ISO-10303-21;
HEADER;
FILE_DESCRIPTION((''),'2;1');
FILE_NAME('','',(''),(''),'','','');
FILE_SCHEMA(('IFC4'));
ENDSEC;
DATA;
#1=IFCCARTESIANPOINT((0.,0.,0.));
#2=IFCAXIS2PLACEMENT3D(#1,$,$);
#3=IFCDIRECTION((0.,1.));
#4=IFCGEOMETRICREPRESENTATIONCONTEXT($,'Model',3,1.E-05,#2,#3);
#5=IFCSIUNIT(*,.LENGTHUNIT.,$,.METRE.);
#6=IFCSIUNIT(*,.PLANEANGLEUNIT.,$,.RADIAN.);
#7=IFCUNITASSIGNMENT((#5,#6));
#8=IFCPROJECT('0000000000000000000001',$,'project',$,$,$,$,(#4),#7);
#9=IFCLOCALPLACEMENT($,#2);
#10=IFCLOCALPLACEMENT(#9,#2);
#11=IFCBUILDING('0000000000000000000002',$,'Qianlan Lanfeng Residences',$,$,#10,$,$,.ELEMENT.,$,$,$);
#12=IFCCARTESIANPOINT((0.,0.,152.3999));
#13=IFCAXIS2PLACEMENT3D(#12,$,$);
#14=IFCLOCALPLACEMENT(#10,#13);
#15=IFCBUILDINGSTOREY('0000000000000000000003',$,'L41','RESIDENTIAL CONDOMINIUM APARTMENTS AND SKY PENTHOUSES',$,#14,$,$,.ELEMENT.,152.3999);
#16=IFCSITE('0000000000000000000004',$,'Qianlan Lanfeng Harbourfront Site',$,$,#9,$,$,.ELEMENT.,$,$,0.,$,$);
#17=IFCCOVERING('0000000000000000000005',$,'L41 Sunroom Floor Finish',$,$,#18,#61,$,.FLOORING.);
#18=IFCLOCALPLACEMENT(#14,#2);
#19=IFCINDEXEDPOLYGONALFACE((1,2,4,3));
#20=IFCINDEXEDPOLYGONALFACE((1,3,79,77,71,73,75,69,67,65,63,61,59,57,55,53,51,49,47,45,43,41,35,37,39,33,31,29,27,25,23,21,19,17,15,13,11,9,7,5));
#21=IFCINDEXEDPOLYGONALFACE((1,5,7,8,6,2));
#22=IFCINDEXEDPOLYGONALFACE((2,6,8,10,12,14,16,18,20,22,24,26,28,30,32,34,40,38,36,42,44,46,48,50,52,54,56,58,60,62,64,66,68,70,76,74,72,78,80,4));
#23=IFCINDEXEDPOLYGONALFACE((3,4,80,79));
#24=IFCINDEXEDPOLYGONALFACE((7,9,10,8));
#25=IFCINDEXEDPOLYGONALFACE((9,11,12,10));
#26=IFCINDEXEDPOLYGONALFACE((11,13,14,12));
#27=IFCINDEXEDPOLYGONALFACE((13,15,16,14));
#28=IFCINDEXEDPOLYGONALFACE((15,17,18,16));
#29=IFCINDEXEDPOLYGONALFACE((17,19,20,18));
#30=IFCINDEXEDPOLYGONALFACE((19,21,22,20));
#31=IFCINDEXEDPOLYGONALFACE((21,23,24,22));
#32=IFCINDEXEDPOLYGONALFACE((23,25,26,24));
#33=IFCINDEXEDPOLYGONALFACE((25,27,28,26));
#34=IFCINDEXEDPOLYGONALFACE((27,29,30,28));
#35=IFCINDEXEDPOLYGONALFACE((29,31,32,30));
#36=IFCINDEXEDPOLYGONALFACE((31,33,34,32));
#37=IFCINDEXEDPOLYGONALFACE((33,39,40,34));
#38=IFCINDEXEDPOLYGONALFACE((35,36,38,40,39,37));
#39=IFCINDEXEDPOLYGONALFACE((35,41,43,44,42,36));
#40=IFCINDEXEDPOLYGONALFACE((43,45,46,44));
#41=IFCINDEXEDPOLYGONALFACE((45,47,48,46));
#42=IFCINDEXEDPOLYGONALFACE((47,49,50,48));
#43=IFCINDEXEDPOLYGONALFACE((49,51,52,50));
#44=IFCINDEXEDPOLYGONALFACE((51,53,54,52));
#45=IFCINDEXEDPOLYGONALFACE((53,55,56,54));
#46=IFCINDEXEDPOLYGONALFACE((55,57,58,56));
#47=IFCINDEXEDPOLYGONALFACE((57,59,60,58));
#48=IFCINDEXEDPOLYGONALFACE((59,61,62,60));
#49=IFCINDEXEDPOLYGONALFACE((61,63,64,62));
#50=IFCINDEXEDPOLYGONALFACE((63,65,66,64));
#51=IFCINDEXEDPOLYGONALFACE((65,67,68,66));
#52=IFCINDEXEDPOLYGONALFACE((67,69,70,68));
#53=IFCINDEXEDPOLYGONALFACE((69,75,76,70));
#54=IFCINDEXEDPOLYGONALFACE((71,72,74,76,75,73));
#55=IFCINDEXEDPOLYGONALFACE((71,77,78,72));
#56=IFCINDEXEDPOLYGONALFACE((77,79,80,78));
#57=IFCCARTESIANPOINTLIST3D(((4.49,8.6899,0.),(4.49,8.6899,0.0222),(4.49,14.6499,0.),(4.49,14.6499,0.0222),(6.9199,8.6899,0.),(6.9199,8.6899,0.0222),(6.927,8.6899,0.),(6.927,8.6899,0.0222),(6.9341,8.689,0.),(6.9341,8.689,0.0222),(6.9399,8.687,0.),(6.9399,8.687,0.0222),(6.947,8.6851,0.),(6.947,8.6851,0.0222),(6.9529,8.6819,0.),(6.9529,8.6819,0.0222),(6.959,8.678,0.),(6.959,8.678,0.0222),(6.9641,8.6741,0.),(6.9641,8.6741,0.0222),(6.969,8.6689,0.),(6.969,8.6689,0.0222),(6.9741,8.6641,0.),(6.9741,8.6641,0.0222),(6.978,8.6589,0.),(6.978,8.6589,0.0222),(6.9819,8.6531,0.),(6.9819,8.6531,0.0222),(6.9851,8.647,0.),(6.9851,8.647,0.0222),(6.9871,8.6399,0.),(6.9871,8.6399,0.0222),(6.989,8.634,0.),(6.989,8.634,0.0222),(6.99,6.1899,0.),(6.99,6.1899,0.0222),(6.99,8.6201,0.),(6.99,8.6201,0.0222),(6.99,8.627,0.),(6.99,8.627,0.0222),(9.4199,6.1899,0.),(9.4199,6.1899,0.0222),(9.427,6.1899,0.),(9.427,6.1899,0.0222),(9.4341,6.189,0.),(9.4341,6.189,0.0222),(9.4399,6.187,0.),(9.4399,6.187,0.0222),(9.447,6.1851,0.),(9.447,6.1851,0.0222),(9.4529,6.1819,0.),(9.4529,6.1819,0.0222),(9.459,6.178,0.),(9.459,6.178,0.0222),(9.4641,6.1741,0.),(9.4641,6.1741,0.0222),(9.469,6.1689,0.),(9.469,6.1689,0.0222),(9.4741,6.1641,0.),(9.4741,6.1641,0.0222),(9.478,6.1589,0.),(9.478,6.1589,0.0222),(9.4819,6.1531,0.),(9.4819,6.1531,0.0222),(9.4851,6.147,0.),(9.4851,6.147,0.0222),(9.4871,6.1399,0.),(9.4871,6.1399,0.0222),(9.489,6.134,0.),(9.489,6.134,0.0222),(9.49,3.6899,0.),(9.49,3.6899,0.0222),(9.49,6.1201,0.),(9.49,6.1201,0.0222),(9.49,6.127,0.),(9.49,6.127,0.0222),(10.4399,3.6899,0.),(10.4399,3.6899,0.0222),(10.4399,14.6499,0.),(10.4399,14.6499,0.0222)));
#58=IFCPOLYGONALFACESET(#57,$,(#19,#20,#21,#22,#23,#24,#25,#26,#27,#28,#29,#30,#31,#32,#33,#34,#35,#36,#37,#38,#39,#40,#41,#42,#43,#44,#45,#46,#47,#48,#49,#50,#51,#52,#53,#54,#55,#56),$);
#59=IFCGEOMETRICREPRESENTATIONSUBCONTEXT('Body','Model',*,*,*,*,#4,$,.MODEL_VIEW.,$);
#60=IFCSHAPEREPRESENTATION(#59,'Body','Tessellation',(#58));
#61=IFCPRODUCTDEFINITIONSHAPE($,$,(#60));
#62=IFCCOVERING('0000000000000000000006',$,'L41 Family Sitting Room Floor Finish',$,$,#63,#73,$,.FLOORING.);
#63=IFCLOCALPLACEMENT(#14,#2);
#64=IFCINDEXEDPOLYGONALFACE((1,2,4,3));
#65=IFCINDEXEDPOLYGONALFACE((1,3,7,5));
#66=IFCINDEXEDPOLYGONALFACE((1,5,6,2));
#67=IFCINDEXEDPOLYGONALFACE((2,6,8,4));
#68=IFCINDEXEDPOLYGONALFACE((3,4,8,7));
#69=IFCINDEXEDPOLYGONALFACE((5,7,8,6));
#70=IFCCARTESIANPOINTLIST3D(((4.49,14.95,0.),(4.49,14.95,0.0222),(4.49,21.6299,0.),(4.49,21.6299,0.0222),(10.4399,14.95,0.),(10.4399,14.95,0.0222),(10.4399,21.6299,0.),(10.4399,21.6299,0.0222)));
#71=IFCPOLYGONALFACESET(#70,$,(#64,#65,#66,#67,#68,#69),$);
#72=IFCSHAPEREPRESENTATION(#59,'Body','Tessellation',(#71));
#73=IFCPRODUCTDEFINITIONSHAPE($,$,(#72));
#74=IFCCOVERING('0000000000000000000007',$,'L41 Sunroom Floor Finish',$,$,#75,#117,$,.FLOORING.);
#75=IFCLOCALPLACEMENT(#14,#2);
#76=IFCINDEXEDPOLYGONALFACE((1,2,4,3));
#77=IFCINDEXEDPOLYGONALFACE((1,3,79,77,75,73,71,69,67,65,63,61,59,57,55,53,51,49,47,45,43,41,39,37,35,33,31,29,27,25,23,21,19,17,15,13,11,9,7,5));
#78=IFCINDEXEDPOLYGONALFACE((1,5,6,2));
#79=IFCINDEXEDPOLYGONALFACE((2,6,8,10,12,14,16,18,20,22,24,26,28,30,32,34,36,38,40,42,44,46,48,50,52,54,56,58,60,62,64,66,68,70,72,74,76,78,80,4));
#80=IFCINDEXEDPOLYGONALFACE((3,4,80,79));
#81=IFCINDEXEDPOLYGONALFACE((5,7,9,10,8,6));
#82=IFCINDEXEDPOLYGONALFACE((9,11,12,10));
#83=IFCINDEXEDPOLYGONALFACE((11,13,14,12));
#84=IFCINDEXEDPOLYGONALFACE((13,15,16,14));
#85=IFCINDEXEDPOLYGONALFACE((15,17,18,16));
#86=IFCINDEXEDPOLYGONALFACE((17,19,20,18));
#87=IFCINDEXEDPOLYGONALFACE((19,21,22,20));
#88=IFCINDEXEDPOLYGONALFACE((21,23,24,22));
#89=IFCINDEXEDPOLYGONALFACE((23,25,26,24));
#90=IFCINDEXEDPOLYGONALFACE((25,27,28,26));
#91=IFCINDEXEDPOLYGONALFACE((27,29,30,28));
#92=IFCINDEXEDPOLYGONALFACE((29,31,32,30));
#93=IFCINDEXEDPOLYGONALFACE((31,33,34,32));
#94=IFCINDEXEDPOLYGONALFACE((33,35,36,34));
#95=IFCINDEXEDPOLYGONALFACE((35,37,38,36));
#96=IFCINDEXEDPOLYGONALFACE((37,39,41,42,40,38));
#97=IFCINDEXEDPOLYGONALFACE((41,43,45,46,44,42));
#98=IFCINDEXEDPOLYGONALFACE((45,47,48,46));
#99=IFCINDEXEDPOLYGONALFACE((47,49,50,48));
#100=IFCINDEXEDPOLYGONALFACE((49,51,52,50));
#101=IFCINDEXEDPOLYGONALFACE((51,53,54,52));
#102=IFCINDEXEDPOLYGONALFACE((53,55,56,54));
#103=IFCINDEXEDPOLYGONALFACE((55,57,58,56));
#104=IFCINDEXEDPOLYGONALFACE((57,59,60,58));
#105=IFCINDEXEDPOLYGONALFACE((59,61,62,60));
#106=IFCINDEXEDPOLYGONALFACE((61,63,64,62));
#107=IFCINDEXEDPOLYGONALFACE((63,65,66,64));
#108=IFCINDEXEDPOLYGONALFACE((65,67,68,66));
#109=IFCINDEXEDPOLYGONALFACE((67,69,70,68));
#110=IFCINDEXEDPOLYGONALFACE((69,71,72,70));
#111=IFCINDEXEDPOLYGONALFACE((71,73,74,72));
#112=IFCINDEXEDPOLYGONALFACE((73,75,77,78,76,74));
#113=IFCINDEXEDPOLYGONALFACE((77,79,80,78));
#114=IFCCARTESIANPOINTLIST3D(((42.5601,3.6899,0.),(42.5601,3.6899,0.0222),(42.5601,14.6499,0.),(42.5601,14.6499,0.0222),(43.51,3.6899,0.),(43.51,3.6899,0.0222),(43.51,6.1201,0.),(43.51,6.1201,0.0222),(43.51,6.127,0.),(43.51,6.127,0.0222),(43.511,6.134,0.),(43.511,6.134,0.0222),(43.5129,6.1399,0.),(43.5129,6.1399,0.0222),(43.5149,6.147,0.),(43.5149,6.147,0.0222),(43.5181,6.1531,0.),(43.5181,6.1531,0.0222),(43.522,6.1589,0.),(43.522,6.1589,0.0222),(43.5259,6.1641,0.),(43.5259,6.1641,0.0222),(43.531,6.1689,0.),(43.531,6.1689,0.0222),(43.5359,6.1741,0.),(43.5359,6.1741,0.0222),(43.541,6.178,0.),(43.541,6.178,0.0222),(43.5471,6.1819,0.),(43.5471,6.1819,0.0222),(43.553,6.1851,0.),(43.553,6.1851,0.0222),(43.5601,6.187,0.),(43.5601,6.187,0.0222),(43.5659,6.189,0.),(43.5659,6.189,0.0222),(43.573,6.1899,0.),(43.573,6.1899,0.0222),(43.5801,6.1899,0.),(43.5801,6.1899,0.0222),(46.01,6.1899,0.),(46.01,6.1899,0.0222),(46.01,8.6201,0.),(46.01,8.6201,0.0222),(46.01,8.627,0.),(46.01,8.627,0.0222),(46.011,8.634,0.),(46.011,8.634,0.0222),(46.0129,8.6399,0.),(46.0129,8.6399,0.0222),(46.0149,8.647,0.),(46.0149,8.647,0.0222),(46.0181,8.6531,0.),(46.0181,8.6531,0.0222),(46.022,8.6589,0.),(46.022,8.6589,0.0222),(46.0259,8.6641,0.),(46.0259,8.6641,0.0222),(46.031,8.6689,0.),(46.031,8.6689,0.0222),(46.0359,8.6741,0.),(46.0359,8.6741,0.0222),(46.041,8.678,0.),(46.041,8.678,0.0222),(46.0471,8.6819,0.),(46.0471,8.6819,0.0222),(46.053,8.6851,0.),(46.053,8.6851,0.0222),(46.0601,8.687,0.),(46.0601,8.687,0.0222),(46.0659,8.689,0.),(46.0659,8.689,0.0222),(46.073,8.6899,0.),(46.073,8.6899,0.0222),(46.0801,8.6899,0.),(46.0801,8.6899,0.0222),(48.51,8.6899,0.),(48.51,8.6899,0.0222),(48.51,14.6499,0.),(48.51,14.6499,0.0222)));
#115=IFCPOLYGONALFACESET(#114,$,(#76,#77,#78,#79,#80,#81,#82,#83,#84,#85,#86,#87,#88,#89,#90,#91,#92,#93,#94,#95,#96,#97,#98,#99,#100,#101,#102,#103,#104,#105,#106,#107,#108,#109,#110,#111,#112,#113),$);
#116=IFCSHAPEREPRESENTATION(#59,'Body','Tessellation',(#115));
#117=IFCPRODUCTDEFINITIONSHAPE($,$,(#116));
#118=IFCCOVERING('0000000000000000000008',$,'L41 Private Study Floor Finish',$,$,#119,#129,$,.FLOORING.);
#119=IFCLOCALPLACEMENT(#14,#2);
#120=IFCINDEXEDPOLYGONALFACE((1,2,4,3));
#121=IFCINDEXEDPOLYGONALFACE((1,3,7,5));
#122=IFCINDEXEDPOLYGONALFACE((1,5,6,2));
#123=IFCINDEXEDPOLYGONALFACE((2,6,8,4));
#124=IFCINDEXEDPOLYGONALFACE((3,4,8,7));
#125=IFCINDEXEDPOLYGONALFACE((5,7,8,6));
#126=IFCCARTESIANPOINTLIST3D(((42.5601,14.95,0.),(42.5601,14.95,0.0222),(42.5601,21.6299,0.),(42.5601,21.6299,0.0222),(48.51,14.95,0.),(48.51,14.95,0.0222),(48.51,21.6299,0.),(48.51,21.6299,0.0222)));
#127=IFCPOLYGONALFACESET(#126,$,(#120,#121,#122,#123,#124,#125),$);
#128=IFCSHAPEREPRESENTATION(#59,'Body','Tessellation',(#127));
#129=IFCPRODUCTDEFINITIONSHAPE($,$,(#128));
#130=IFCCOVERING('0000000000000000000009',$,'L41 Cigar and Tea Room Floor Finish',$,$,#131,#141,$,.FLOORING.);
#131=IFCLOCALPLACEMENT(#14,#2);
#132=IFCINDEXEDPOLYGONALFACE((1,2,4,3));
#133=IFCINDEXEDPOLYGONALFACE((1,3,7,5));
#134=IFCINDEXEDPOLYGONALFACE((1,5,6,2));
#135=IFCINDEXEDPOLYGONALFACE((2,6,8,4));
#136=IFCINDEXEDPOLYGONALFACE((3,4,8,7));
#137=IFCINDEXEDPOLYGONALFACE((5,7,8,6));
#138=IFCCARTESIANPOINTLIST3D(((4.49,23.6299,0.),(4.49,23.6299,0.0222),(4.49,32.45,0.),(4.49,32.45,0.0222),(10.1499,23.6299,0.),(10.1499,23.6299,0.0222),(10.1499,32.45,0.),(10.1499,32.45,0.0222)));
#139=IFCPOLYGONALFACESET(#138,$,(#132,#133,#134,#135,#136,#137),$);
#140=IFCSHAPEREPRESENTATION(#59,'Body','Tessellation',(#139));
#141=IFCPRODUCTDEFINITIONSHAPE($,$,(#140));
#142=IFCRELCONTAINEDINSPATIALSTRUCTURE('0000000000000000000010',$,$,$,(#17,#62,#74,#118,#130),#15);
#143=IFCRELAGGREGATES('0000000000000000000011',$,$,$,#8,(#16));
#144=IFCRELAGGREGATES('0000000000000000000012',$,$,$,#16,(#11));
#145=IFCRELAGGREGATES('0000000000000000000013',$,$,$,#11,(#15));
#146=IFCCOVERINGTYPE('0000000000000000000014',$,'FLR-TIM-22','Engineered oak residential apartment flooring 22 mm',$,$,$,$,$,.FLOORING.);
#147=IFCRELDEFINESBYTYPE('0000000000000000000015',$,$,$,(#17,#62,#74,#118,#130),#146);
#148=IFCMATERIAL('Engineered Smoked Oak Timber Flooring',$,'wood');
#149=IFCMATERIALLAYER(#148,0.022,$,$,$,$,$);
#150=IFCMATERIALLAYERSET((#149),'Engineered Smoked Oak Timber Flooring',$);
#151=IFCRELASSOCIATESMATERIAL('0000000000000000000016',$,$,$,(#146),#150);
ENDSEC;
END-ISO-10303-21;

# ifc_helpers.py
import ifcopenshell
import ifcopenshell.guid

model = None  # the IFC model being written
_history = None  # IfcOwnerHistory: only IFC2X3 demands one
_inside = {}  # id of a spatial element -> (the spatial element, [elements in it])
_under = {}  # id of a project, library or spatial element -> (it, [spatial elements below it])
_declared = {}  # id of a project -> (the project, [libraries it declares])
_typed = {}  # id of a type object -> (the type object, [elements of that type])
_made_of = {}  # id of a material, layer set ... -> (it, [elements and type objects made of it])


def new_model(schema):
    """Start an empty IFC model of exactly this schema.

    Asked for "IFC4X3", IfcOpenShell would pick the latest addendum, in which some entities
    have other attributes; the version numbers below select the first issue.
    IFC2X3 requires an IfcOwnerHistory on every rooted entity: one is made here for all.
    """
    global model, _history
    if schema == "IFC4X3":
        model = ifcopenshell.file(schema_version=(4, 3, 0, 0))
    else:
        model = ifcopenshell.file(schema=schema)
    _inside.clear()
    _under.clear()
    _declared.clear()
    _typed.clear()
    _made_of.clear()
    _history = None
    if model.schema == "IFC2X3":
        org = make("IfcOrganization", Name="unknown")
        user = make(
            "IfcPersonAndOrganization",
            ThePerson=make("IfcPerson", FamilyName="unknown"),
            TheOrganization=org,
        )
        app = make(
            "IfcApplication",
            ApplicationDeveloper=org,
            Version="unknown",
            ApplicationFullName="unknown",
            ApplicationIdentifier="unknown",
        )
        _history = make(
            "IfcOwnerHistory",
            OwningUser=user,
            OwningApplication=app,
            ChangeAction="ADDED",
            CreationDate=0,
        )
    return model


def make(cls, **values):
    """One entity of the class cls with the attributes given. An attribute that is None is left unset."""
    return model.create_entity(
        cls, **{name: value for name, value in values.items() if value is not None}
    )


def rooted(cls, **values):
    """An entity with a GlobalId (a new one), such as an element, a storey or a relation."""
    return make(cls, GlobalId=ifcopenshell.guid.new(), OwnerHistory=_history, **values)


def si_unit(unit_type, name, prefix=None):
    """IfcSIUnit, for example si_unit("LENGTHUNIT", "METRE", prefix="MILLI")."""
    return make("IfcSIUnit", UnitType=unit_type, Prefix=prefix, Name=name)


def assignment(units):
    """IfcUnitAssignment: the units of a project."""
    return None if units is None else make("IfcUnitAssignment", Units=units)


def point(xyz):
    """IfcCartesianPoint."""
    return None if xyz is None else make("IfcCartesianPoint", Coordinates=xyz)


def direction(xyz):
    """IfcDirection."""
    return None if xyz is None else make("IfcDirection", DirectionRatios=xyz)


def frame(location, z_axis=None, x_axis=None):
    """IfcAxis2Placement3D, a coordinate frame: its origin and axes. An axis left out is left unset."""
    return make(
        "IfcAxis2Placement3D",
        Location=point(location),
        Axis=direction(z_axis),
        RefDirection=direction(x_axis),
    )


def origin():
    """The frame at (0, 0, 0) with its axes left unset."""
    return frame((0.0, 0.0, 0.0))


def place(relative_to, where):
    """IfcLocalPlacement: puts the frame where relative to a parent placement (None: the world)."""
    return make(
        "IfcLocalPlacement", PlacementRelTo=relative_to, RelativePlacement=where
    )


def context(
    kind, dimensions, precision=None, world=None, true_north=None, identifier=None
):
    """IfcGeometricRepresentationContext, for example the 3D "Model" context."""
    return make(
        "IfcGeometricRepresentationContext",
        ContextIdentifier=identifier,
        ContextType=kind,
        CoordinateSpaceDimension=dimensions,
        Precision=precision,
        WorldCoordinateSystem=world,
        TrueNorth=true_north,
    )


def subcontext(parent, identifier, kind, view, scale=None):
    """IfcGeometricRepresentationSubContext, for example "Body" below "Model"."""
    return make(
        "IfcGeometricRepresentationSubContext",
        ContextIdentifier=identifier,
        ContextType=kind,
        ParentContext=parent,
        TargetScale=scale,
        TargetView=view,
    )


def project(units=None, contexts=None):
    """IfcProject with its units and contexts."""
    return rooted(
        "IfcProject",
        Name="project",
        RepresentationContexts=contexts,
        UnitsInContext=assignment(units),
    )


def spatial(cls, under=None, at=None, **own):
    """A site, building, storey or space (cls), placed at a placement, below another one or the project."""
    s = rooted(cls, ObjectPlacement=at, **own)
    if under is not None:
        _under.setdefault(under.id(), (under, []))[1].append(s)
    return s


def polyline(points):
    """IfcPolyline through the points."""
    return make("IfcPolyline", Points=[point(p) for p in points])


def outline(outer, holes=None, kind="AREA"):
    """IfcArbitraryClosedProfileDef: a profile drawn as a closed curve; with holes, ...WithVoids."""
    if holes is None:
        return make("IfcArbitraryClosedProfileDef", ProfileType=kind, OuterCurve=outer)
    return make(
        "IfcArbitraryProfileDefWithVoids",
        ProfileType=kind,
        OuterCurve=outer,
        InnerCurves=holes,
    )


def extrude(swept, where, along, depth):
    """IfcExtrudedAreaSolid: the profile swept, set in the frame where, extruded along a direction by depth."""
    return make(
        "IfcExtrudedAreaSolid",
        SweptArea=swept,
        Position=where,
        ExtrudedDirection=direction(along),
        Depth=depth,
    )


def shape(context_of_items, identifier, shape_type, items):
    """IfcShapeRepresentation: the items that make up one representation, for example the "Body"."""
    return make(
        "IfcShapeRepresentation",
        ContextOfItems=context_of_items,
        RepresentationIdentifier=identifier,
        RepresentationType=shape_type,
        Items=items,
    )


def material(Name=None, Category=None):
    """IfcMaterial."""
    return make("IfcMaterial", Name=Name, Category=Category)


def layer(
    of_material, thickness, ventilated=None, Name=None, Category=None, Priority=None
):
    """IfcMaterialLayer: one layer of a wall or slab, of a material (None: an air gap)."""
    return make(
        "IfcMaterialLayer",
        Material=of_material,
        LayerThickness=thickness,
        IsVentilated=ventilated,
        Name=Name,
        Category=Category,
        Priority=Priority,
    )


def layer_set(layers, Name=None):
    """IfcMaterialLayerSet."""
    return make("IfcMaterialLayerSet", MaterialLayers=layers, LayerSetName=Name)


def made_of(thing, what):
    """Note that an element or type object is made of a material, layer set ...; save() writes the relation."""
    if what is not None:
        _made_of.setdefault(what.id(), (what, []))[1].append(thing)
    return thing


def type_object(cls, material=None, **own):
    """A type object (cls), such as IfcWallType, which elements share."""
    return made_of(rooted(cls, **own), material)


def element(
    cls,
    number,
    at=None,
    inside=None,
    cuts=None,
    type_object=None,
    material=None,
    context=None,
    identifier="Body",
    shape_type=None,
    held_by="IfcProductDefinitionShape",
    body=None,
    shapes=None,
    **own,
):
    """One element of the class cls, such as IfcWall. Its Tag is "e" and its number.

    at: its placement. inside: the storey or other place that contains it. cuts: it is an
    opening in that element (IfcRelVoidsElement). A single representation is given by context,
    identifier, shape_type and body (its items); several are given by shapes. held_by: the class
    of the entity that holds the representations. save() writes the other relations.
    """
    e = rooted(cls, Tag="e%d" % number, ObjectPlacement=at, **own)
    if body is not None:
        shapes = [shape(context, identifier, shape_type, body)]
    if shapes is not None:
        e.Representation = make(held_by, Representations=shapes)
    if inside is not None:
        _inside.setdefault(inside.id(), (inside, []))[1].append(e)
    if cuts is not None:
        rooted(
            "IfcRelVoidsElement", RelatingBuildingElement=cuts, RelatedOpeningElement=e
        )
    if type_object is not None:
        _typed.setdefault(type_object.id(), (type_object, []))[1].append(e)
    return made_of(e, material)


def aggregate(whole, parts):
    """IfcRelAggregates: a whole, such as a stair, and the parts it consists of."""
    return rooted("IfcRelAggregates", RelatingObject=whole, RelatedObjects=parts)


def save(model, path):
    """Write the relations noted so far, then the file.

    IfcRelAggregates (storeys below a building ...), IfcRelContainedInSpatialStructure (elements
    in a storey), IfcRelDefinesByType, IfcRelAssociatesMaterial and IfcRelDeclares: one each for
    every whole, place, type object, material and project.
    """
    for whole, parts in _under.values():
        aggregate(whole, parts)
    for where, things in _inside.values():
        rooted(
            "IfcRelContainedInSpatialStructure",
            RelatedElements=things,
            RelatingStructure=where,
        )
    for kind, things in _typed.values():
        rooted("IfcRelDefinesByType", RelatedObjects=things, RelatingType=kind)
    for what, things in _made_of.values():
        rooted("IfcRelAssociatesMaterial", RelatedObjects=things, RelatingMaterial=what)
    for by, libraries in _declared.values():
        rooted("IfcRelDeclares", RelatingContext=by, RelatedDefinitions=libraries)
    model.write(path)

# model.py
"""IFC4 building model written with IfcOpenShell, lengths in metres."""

from ifc_helpers import new_model, si_unit, direction, frame, origin, place, context, subcontext, project, spatial, polyline, outline, extrude, material, layer, layer_set, type_object, element, save


model = new_model("IFC4")

# Units and contexts
model_context = context("Model", 3, precision=1e-05, world=origin(), true_north=direction((0.0, 1.0)))
body_context = subcontext(model_context, "Body", "Model", "MODEL_VIEW")
ifc_project = project(units=[si_unit("LENGTHUNIT", "METRE"), si_unit("PLANEANGLEUNIT", "RADIAN")], contexts=[model_context])

# Site, building, storey
site_placement = place(None, origin())
site = spatial("IfcSite", under=ifc_project, at=site_placement, Name="Qianlan Lanfeng Harbourfront Site", CompositionType="ELEMENT", RefElevation=0.0)
building_placement = place(site_placement, origin())
building = spatial("IfcBuilding", under=site, at=building_placement, Name="Qianlan Lanfeng Residences", CompositionType="ELEMENT")
storey_placement = place(building_placement, frame((0.0, 0.0, 152.3999)))
storey = spatial("IfcBuildingStorey", under=building, at=storey_placement, Name="L41", Description="RESIDENTIAL CONDOMINIUM APARTMENTS AND SKY PENTHOUSES", CompositionType="ELEMENT", Elevation=152.3999)

# Coverings
ifc_material_1 = material(Name="Engineered Smoked Oak Timber Flooring", Category="wood")
ifc_layer_1 = layer(ifc_material_1, 0.022)
ifc_layer_set_1 = layer_set([ifc_layer_1], Name="Engineered Smoked Oak Timber Flooring")
covering_type_1 = type_object("IfcCoveringType", Name="FLR-TIM-22", Description="Engineered oak residential apartment flooring 22 mm", PredefinedType="FLOORING", material=ifc_layer_set_1)
covering_1_placement = place(storey_placement, origin())
element("IfcCovering", 1, at=covering_1_placement, inside=storey, type_object=covering_type_1, Name="L41 Sunroom Floor Finish", PredefinedType="FLOORING", context=body_context, shape_type="SweptSolid", body=[
    extrude(outline(polyline([(10.4399, 14.6499), (4.49, 14.6499), (4.49, 8.6899), (6.9199, 8.6899), (6.927, 8.6899), (6.9341, 8.689), (6.9399, 8.687), (6.947, 8.6851), (6.9529, 8.6819), (6.959, 8.678), (6.9641, 8.6741), (6.969, 8.6689), (6.9741, 8.6641), (6.978, 8.6589), (6.9819, 8.6531), (6.9851, 8.647), (6.9871, 8.6399), (6.989, 8.634), (6.99, 8.627), (6.99, 8.6201), (6.99, 6.1899), (9.4199, 6.1899), (9.427, 6.1899), (9.4341, 6.189), (9.4399, 6.187), (9.447, 6.1851), (9.4529, 6.1819), (9.459, 6.178), (9.4641, 6.1741), (9.469, 6.1689), (9.4741, 6.1641), (9.478, 6.1589), (9.4819, 6.1531), (9.4851, 6.147), (9.4871, 6.1399), (9.489, 6.134), (9.49, 6.127), (9.49, 6.1201), (9.49, 3.6899), (10.4399, 3.6899), (10.4399, 14.6499)])), origin(), (0.0, 0.0, 1.0), 0.0222),
])
covering_2_placement = place(storey_placement, origin())
element("IfcCovering", 2, at=covering_2_placement, inside=storey, type_object=covering_type_1, Name="L41 Family Sitting Room Floor Finish", PredefinedType="FLOORING", context=body_context, shape_type="SweptSolid", body=[
    extrude(outline(polyline([(10.4399, 21.6299), (4.49, 21.6299), (4.49, 14.95), (10.4399, 14.95), (10.4399, 21.6299)])), origin(), (0.0, 0.0, 1.0), 0.0222),
])
covering_3_placement = place(storey_placement, origin())
element("IfcCovering", 3, at=covering_3_placement, inside=storey, type_object=covering_type_1, Name="L41 Sunroom Floor Finish", PredefinedType="FLOORING", context=body_context, shape_type="SweptSolid", body=[
    extrude(outline(polyline([(48.51, 14.6499), (42.5601, 14.6499), (42.5601, 3.6899), (43.51, 3.6899), (43.51, 6.1201), (43.51, 6.127), (43.511, 6.134), (43.5129, 6.1399), (43.5149, 6.147), (43.5181, 6.1531), (43.522, 6.1589), (43.5259, 6.1641), (43.531, 6.1689), (43.5359, 6.1741), (43.541, 6.178), (43.5471, 6.1819), (43.553, 6.1851), (43.5601, 6.187), (43.5659, 6.189), (43.573, 6.1899), (43.5801, 6.1899), (46.01, 6.1899), (46.01, 8.6201), (46.01, 8.627), (46.011, 8.634), (46.0129, 8.6399), (46.0149, 8.647), (46.0181, 8.6531), (46.022, 8.6589), (46.0259, 8.6641), (46.031, 8.6689), (46.0359, 8.6741), (46.041, 8.678), (46.0471, 8.6819), (46.053, 8.6851), (46.0601, 8.687), (46.0659, 8.689), (46.073, 8.6899), (46.0801, 8.6899), (48.51, 8.6899), (48.51, 14.6499)])), origin(), (0.0, 0.0, 1.0), 0.0222),
])
covering_4_placement = place(storey_placement, origin())
element("IfcCovering", 4, at=covering_4_placement, inside=storey, type_object=covering_type_1, Name="L41 Private Study Floor Finish", PredefinedType="FLOORING", context=body_context, shape_type="SweptSolid", body=[
    extrude(outline(polyline([(48.51, 21.6299), (42.5601, 21.6299), (42.5601, 14.95), (48.51, 14.95), (48.51, 21.6299)])), origin(), (0.0, 0.0, 1.0), 0.0222),
])
covering_5_placement = place(storey_placement, origin())
element("IfcCovering", 5, at=covering_5_placement, inside=storey, type_object=covering_type_1, Name="L41 Cigar and Tea Room Floor Finish", PredefinedType="FLOORING", context=body_context, shape_type="SweptSolid", body=[
    extrude(outline(polyline([(10.1499, 32.45), (4.49, 32.45), (4.49, 23.6299), (10.1499, 23.6299), (10.1499, 32.45)])), origin(), (0.0, 0.0, 1.0), 0.0222),
])

save(model, "model.ifc")
